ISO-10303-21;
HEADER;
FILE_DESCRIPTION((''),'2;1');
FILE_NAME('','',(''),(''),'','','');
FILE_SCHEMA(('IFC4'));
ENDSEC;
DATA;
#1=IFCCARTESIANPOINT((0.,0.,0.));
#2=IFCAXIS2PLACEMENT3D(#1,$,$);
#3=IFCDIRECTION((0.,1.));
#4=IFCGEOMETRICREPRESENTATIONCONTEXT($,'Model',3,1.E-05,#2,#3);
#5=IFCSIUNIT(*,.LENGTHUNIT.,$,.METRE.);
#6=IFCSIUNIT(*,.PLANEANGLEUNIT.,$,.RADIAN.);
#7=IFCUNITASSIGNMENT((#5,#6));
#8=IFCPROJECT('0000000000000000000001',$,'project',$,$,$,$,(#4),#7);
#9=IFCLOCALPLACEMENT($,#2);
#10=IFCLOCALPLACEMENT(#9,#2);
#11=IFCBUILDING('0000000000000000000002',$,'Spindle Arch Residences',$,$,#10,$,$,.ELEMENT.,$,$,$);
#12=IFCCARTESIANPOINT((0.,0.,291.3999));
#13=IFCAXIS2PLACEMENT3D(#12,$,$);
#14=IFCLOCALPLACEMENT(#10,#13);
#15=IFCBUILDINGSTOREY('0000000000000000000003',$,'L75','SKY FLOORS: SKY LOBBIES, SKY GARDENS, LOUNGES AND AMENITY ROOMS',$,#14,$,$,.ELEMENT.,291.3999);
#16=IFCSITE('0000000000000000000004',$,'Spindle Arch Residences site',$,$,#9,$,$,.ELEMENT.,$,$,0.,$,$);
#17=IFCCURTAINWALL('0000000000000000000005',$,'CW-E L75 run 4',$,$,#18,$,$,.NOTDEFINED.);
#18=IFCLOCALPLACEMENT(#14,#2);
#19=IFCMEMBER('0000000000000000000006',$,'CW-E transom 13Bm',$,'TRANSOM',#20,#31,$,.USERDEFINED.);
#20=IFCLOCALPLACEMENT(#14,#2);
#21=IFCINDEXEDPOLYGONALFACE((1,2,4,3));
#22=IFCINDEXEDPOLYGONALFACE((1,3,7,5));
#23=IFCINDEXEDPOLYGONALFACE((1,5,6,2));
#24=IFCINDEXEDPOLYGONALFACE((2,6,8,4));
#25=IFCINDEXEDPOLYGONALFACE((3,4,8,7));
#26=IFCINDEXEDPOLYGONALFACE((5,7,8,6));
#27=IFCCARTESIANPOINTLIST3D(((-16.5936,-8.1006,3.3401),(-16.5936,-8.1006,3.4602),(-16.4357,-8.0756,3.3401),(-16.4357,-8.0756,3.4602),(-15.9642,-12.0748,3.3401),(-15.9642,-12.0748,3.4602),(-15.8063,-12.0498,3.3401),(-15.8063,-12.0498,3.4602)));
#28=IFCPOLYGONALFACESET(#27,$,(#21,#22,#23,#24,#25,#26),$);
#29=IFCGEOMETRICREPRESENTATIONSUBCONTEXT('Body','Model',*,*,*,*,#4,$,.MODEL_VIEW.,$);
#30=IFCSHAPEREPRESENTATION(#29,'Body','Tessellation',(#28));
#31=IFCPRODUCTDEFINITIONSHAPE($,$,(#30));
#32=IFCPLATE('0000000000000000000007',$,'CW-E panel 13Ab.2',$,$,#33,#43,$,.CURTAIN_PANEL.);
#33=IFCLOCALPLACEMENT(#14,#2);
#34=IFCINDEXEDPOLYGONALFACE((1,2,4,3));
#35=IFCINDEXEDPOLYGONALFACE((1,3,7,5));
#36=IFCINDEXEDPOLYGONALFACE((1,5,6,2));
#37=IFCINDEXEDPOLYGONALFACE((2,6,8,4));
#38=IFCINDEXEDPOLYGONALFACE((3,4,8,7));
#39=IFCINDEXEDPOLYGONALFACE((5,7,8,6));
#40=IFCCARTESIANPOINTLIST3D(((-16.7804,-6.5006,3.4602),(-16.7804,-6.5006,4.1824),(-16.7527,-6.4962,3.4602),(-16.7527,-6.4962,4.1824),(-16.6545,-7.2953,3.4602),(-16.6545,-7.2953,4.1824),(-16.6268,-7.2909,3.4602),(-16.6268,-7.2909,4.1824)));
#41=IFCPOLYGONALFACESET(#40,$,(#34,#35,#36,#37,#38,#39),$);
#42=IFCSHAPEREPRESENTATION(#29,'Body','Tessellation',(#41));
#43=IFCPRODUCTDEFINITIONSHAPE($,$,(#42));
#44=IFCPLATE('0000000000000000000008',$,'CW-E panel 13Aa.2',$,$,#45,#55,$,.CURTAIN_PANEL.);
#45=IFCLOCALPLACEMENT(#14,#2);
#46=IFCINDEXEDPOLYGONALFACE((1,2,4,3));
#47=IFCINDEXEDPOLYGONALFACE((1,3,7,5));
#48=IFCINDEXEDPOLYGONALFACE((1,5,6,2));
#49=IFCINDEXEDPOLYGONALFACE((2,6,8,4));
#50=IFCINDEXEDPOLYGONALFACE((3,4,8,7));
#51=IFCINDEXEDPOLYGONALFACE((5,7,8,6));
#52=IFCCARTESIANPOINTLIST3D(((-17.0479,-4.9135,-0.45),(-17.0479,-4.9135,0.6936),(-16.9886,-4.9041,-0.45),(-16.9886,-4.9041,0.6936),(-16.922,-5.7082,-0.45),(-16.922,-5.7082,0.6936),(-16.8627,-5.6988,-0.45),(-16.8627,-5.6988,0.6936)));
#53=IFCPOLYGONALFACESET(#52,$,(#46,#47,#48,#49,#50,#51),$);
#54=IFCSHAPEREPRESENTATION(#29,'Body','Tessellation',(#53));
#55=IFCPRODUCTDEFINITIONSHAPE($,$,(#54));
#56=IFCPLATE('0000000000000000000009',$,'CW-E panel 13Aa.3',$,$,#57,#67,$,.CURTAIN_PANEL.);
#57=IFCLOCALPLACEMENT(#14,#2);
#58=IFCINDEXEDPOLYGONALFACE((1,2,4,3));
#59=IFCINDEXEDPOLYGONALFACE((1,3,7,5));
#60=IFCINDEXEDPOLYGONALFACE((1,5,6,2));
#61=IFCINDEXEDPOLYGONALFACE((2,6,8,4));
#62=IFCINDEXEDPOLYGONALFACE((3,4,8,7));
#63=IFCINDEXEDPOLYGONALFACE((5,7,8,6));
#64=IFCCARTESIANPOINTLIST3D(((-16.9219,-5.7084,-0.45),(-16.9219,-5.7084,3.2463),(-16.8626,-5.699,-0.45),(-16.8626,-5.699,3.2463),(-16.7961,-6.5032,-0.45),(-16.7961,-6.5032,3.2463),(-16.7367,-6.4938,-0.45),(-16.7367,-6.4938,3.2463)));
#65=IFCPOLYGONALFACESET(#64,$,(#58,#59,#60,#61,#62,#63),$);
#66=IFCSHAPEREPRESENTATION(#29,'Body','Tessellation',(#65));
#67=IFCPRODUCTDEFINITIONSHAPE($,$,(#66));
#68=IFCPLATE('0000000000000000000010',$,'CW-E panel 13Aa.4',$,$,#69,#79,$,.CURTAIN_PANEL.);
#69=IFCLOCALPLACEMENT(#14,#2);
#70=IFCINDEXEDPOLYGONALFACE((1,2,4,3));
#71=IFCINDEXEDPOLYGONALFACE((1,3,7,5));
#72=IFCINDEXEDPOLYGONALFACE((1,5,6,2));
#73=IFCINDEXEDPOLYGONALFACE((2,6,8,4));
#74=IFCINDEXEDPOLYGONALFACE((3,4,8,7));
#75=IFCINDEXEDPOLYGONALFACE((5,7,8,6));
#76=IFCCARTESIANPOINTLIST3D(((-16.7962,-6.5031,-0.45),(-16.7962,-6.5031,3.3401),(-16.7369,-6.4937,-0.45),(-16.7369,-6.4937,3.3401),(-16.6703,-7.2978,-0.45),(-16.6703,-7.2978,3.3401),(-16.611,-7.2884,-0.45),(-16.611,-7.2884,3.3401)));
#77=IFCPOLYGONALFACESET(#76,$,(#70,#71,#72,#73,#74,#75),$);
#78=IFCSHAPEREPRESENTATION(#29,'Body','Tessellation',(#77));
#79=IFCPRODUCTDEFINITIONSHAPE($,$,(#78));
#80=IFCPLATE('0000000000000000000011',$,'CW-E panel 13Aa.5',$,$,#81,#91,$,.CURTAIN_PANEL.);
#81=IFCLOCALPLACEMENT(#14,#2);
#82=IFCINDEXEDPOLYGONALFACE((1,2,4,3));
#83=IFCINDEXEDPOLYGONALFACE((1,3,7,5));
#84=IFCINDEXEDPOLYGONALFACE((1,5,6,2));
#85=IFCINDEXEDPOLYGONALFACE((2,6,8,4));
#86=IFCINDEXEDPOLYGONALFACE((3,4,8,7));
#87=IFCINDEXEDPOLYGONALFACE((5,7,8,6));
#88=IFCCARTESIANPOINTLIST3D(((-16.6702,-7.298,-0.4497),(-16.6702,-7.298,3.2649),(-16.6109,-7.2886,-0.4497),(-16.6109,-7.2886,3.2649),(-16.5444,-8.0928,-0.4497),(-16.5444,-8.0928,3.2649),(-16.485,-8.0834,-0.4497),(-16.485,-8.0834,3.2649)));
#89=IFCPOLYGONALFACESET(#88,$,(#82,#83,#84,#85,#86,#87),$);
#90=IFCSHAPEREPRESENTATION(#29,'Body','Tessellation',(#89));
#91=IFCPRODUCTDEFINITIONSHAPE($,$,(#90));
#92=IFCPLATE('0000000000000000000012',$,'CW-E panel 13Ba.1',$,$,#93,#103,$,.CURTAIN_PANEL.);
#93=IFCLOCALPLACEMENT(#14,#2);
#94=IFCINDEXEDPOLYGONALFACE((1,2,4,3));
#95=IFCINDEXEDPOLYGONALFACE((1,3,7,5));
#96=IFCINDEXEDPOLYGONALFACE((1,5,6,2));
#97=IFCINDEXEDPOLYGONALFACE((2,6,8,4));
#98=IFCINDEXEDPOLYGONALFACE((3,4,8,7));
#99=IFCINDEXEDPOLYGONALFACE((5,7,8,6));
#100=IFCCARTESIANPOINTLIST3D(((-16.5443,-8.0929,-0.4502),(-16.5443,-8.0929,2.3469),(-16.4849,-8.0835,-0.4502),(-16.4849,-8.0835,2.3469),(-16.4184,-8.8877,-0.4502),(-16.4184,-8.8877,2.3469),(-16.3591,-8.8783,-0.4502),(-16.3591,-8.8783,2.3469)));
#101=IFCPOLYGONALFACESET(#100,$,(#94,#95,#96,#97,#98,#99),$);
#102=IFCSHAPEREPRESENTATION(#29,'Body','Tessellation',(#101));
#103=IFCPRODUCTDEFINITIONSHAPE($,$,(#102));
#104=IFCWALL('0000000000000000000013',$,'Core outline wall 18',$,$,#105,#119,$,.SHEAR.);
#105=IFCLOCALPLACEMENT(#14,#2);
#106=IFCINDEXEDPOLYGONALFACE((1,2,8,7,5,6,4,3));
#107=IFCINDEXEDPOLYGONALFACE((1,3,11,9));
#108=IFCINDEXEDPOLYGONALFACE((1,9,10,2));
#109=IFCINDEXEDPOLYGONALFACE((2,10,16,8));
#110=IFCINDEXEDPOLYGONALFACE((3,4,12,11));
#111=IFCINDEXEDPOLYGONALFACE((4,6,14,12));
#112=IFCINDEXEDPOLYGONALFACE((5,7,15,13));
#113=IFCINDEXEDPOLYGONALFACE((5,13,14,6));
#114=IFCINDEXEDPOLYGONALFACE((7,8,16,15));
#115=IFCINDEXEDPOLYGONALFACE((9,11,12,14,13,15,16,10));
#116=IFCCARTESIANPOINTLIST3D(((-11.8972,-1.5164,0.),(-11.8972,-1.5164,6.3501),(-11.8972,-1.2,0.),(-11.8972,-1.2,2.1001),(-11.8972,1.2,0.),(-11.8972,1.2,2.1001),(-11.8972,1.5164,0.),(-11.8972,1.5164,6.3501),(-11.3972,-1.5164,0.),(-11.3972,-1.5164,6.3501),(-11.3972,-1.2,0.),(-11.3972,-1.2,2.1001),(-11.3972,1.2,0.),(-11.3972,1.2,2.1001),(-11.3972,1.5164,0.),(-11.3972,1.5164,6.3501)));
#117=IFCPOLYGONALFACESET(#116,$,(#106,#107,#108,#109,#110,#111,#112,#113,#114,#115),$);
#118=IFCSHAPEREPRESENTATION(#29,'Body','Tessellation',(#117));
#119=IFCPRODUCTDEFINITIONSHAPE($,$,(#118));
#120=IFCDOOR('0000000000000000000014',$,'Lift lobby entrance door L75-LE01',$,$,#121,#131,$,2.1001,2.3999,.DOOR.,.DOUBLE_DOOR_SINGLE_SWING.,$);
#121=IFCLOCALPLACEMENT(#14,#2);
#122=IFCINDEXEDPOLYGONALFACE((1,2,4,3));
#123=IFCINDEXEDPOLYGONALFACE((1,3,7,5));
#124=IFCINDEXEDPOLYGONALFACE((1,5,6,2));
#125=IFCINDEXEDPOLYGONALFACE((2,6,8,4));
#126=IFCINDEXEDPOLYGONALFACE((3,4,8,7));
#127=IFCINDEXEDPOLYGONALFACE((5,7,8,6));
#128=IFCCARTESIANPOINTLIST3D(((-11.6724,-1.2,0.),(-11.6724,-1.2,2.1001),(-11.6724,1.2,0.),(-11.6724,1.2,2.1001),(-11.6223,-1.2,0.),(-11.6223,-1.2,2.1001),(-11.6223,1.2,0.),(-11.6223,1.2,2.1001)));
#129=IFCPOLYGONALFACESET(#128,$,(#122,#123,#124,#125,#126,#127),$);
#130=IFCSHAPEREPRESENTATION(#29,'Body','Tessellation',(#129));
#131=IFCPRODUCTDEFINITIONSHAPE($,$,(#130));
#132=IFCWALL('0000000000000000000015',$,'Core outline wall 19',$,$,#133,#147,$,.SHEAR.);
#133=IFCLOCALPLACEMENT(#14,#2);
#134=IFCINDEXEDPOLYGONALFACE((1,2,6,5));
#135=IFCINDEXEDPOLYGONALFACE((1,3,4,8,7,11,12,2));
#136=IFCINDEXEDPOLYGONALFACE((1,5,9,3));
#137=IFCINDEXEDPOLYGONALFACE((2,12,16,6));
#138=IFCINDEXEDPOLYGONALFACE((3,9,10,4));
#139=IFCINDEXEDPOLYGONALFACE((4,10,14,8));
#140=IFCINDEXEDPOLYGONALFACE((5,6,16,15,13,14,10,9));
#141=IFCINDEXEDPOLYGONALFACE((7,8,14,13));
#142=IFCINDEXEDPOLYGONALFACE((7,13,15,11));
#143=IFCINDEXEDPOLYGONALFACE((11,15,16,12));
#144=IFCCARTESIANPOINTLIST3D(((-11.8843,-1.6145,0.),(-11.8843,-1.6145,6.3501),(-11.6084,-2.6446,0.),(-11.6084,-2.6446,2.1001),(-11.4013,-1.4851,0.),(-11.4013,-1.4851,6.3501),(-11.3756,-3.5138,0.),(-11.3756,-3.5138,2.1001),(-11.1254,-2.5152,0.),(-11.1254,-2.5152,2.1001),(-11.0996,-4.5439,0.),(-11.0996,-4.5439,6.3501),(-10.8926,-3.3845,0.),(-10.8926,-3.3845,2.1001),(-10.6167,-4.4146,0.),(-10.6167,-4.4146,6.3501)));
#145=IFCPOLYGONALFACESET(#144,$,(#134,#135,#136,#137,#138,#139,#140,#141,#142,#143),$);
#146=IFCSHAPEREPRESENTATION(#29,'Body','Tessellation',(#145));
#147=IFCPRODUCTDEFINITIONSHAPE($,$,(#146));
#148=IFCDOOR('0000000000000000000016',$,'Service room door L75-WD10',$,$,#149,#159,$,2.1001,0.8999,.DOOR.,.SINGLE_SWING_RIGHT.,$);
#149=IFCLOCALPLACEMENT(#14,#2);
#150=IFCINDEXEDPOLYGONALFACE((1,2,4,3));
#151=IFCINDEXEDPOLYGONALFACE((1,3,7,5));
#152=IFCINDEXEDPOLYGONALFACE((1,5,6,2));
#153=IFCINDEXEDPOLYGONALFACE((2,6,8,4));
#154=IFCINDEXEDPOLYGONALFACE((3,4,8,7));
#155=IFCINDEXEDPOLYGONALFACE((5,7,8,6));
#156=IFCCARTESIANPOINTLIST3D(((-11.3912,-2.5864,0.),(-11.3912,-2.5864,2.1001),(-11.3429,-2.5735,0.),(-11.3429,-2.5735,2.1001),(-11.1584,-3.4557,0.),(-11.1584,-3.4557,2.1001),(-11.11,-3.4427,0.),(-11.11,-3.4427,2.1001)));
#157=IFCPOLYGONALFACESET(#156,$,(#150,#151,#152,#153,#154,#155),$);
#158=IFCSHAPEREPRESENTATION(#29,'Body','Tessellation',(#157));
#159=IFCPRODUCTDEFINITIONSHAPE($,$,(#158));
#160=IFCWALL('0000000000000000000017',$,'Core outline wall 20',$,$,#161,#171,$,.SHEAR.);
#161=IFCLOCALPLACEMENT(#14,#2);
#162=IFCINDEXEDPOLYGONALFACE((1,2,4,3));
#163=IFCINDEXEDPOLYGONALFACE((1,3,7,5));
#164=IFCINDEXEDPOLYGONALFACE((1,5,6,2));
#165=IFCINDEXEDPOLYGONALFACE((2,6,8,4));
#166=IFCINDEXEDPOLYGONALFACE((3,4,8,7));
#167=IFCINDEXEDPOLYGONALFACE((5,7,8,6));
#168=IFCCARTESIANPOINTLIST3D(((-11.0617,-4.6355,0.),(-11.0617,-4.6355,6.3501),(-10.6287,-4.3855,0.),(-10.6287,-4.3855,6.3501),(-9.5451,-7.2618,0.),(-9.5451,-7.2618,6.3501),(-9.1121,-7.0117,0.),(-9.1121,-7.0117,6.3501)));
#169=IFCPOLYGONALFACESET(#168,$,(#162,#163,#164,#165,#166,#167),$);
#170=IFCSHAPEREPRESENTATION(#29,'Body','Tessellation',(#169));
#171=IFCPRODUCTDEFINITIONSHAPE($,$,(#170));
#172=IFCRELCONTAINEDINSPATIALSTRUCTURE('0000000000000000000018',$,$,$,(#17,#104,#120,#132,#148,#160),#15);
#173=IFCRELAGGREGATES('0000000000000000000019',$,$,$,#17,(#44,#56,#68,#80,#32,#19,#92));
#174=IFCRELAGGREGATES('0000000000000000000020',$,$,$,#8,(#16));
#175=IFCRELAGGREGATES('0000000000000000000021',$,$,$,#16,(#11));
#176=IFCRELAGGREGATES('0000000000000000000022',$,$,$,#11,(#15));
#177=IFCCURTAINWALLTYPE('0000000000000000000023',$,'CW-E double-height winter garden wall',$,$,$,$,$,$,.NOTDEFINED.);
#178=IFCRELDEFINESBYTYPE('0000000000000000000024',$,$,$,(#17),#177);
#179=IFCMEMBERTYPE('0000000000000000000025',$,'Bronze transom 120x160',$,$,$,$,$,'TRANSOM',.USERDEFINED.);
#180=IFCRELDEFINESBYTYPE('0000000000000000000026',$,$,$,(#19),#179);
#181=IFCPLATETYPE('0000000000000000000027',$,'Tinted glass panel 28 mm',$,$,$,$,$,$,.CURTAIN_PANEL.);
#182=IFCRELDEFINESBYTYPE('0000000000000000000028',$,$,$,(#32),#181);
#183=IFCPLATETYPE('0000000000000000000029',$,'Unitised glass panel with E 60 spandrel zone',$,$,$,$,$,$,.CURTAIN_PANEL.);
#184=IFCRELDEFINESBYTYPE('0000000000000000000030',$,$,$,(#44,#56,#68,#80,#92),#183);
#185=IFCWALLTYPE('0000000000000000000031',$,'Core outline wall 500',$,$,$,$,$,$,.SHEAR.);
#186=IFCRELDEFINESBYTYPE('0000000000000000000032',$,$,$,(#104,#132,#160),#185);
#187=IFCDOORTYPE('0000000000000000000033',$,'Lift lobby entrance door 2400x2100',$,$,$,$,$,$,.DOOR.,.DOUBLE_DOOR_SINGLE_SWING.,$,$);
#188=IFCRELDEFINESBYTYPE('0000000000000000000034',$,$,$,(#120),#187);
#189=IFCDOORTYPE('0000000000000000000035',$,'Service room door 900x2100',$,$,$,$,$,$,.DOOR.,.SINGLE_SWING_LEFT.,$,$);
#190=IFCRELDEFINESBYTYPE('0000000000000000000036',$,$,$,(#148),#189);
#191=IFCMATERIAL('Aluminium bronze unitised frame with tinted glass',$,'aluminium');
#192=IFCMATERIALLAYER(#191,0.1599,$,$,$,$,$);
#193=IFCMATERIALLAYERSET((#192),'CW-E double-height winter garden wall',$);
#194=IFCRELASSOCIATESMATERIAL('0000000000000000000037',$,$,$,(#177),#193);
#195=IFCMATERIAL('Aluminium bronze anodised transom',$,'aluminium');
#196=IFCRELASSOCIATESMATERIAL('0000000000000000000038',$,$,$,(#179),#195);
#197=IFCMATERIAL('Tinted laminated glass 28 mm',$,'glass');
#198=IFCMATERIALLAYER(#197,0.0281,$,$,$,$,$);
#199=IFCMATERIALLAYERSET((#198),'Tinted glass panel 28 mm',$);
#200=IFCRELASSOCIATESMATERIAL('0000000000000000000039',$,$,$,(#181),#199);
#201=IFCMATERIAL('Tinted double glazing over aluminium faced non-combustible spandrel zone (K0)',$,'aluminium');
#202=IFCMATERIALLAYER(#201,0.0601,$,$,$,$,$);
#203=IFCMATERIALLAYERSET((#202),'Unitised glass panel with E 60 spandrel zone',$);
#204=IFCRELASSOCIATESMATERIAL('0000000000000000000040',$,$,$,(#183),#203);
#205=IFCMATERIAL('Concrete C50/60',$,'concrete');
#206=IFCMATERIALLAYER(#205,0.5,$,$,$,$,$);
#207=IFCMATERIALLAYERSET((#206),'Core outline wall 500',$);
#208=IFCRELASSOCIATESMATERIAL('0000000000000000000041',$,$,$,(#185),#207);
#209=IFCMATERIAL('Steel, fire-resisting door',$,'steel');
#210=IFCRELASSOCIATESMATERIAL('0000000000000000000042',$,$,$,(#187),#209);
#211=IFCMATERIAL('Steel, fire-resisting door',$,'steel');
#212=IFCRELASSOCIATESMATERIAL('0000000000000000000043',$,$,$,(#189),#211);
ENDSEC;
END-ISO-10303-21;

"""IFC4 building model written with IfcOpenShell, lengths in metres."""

from ifc_helpers import new_model, si_unit, direction, frame, frame_2d, origin, origin_2d, place, context, subcontext, project, spatial, rectangle, extrude, material, layer, layer_set, material_profile, profile_set, type_object, element, fill, aggregate, save


model = new_model("IFC4")

# Units and contexts
model_context = context("Model", 3, precision=1e-05, world=origin(), true_north=direction((0.0, 1.0)))
body_context = subcontext(model_context, "Body", "Model", "MODEL_VIEW")
ifc_project = project(units=[si_unit("LENGTHUNIT", "METRE"), si_unit("PLANEANGLEUNIT", "RADIAN")], contexts=[model_context])

# Site, building, storey
site_placement = place(None, origin())
site = spatial("IfcSite", under=ifc_project, at=site_placement, Name="Spindle Arch Residences site", CompositionType="ELEMENT", RefElevation=0.0)
building_placement = place(site_placement, origin())
building = spatial("IfcBuilding", under=site, at=building_placement, Name="Spindle Arch Residences", CompositionType="ELEMENT")
storey_placement = place(building_placement, frame((0.0, 0.0, 291.3999)))
storey = spatial("IfcBuildingStorey", under=building, at=storey_placement, Name="L75", Description="SKY FLOORS: SKY LOBBIES, SKY GARDENS, LOUNGES AND AMENITY ROOMS", CompositionType="ELEMENT", Elevation=291.3999)

# Curtain wall, member, plates
ifc_material_1 = material(Name="Aluminium bronze unitised frame with tinted glass", Category="aluminium")
ifc_layer_1 = layer(ifc_material_1, 0.1599)
ifc_layer_set_1 = layer_set([ifc_layer_1], Name="CW-E double-height winter garden wall")
curtain_wall_type = type_object("IfcCurtainWallType", Name="CW-E double-height winter garden wall", PredefinedType="NOTDEFINED", material=ifc_layer_set_1)
curtain_wall_placement = place(storey_placement, origin())
curtain_wall = element("IfcCurtainWall", 1, at=curtain_wall_placement, inside=storey, type_object=curtain_wall_type, Name="CW-E L75 run 4", PredefinedType="NOTDEFINED")
ifc_material_2 = material(Name="Aluminium bronze anodised transom", Category="aluminium")
ifc_material_profile = material_profile(ifc_material_2, rectangle(XDim=0.1599, YDim=0.1201, at=origin_2d()), Name="TR 120x160")
ifc_profile_set = profile_set([ifc_material_profile], Name="Aluminium bronze anodised transom")
member_type = type_object("IfcMemberType", Name="Bronze transom 120x160", ElementType="TRANSOM", PredefinedType="USERDEFINED", material=ifc_profile_set)
member_placement = place(storey_placement, frame((-16.5146, -8.0881, 3.4001), z_axis=(0.156424, -0.98769, 0.0), x_axis=(0.98769, 0.156424, 0.0)))
member = element("IfcMember", 2, at=member_placement, type_object=member_type, Name="CW-E transom 13Bm", ObjectType="TRANSOM", PredefinedType="USERDEFINED", context=body_context, shape_type="SweptSolid", body=[
    extrude(rectangle(XDim=0.1599, YDim=0.1201, at=origin_2d()), origin(), (0.0, 0.0, 1.0), 4.0237),
])
ifc_material_3 = material(Name="Tinted laminated glass 28 mm", Category="glass")
ifc_layer_2 = layer(ifc_material_3, 0.0281)
ifc_layer_set_2 = layer_set([ifc_layer_2], Name="Tinted glass panel 28 mm")
plate_type_1 = type_object("IfcPlateType", Name="Tinted glass panel 28 mm", PredefinedType="CURTAIN_PANEL", material=ifc_layer_set_2)
plate_1_placement = place(storey_placement, frame((-16.7036, -6.8958, 3.4602), z_axis=(0.0, 0.0, 1.0), x_axis=(0.156434, -0.987688, 0.0)))
plate_1 = element("IfcPlate", 3, at=plate_1_placement, type_object=plate_type_1, Name="CW-E panel 13Ab.2", PredefinedType="CURTAIN_PANEL", context=body_context, shape_type="SweptSolid", body=[
    extrude(rectangle(XDim=0.8047, YDim=0.0281, at=origin_2d()), origin(), (0.0, 0.0, 1.0), 0.7222),
])
ifc_material_4 = material(Name="Tinted double glazing over aluminium faced non-combustible spandrel zone (K0)", Category="aluminium")
ifc_layer_3 = layer(ifc_material_4, 0.0601)
ifc_layer_set_3 = layer_set([ifc_layer_3], Name="Unitised glass panel with E 60 spandrel zone")
plate_type_2 = type_object("IfcPlateType", Name="Unitised glass panel with E 60 spandrel zone", PredefinedType="CURTAIN_PANEL", material=ifc_layer_set_3)
plate_2_placement = place(storey_placement, frame((-16.9553, -5.3062, -0.45), z_axis=(0.0, 0.0, 1.0), x_axis=(0.156434, -0.987688, 0.0)))
plate_2 = element("IfcPlate", 4, at=plate_2_placement, type_object=plate_type_2, Name="CW-E panel 13Aa.2", PredefinedType="CURTAIN_PANEL", context=body_context, shape_type="SweptSolid", body=[
    extrude(rectangle(XDim=0.8047, YDim=0.0601, at=origin_2d()), origin(), (0.0, 0.0, 1.0), 1.1436),
])
plate_3_placement = place(storey_placement, frame((-16.8293, -6.1011, -0.45), z_axis=(0.0, 0.0, 1.0), x_axis=(0.156434, -0.987688, 0.0)))
plate_3 = element("IfcPlate", 5, at=plate_3_placement, type_object=plate_type_2, Name="CW-E panel 13Aa.3", PredefinedType="CURTAIN_PANEL", context=body_context, shape_type="SweptSolid", body=[
    extrude(rectangle(XDim=0.8047, YDim=0.0601, at=origin_2d()), origin(), (0.0, 0.0, 1.0), 3.6963),
])
plate_4_placement = place(storey_placement, frame((-16.7036, -6.8958, -0.45), z_axis=(0.0, 0.0, 1.0), x_axis=(0.156434, -0.987688, 0.0)))
plate_4 = element("IfcPlate", 6, at=plate_4_placement, type_object=plate_type_2, Name="CW-E panel 13Aa.4", PredefinedType="CURTAIN_PANEL", context=body_context, shape_type="SweptSolid", body=[
    extrude(rectangle(XDim=0.8047, YDim=0.0601, at=origin_2d()), origin(), (0.0, 0.0, 1.0), 3.79),
])
plate_5_placement = place(storey_placement, frame((-16.5776, -7.6907, -0.4497), z_axis=(0.0, 0.0, 1.0), x_axis=(0.156434, -0.987688, 0.0)))
plate_5 = element("IfcPlate", 7, at=plate_5_placement, type_object=plate_type_2, Name="CW-E panel 13Aa.5", PredefinedType="CURTAIN_PANEL", context=body_context, shape_type="SweptSolid", body=[
    extrude(rectangle(XDim=0.8047, YDim=0.0601, at=origin_2d()), origin(), (0.0, 0.0, 1.0), 3.7146),
])
plate_6_placement = place(storey_placement, frame((-16.4517, -8.4856, -0.4502), z_axis=(0.0, 0.0, 1.0), x_axis=(0.156434, -0.987688, 0.0)))
plate_6 = element("IfcPlate", 8, at=plate_6_placement, type_object=plate_type_2, Name="CW-E panel 13Ba.1", PredefinedType="CURTAIN_PANEL", context=body_context, shape_type="SweptSolid", body=[
    extrude(rectangle(XDim=0.8047, YDim=0.0601, at=origin_2d()), origin(), (0.0, 0.0, 1.0), 2.7971),
])
aggregate(curtain_wall, [plate_2, plate_3, plate_4, plate_5, plate_1, member, plate_6])

# Walls, openings, doors
ifc_material_5 = material(Name="Concrete C50/60", Category="concrete")
ifc_layer_4 = layer(ifc_material_5, 0.5)
ifc_layer_set_4 = layer_set([ifc_layer_4], Name="Core outline wall 500")
wall_type_1 = type_object("IfcWallType", Name="Core outline wall 500", PredefinedType="SHEAR", material=ifc_layer_set_4)
wall_1_placement = place(storey_placement, frame((-11.6472, 1.5164, 0.0), z_axis=(0.0, 0.0, 1.0), x_axis=(0.0, -1.0, 0.0)))
wall_1 = element("IfcWall", 9, at=wall_1_placement, inside=storey, type_object=wall_type_1, Name="Core outline wall 18", PredefinedType="SHEAR", context=body_context, shape_type="SweptSolid", body=[
    extrude(rectangle(XDim=3.0327, YDim=0.5, at=frame_2d((1.5164, 0.0))), origin(), (0.0, 0.0, 1.0), 6.3501),
])
opening_1_placement = place(wall_1_placement, frame((0.3164, 0.0, 0.0)))
opening_1 = element("IfcOpeningElement", 10, at=opening_1_placement, cuts=wall_1, PredefinedType="OPENING", context=body_context, shape_type="SweptSolid", body=[
    extrude(rectangle(XDim=2.3999, YDim=2.1001, at=frame_2d((1.2, 1.05))), frame((0.0, 0.26, 0.0), z_axis=(0.0, -1.0, 0.0), x_axis=(1.0, 0.0, 0.0)), (0.0, 0.0, 1.0), 0.52),
])
ifc_material_6 = material(Name="Steel, fire-resisting door", Category="steel")
door_type_1 = type_object("IfcDoorType", Name="Lift lobby entrance door 2400x2100", OperationType="DOUBLE_DOOR_SINGLE_SWING", PredefinedType="DOOR", material=ifc_material_6)
door_1_placement = place(opening_1_placement, origin())
door_1 = element("IfcDoor", 11, at=door_1_placement, inside=storey, type_object=door_type_1, Name="Lift lobby entrance door L75-LE01", OperationType="DOUBLE_DOOR_SINGLE_SWING", OverallHeight=2.1001, OverallWidth=2.3999, PredefinedType="DOOR", context=body_context, shape_type="SweptSolid", body=[
    extrude(rectangle(XDim=2.3999, YDim=2.1001, at=frame_2d((1.2, 1.05))), frame((0.0, 0.0249, 0.0), z_axis=(0.0, -1.0, 0.0), x_axis=(1.0, 0.0, 0.0)), (0.0, 0.0, 1.0), 0.05),
])
fill(opening_1, door_1)
wall_2_placement = place(storey_placement, frame((-11.6428, -1.5498, 0.0), z_axis=(0.0, 0.0, 1.0), x_axis=(0.258735, -0.965948, 0.0)))
wall_2 = element("IfcWall", 12, at=wall_2_placement, inside=storey, type_object=wall_type_1, Name="Core outline wall 19", PredefinedType="SHEAR", context=body_context, shape_type="SweptSolid", body=[
    extrude(rectangle(XDim=3.0327, YDim=0.5, at=frame_2d((1.5164, 0.0))), origin(), (0.0, 0.0, 1.0), 6.3501),
])
opening_2_placement = place(wall_2_placement, frame((1.0664, 0.0, 0.0)))
opening_2 = element("IfcOpeningElement", 13, at=opening_2_placement, cuts=wall_2, PredefinedType="OPENING", context=body_context, shape_type="SweptSolid", body=[
    extrude(rectangle(XDim=0.8999, YDim=2.1001, at=frame_2d((0.45, 1.05))), frame((0.0, 0.26, 0.0), z_axis=(0.0, -1.0, 0.0), x_axis=(1.0, 0.0, 0.0)), (0.0, 0.0, 1.0), 0.52),
])
ifc_material_7 = material(Name="Steel, fire-resisting door", Category="steel")
door_type_2 = type_object("IfcDoorType", Name="Service room door 900x2100", OperationType="SINGLE_SWING_LEFT", PredefinedType="DOOR", material=ifc_material_7)
door_2_placement = place(opening_2_placement, origin())
door_2 = element("IfcDoor", 14, at=door_2_placement, inside=storey, type_object=door_type_2, Name="Service room door L75-WD10", OperationType="SINGLE_SWING_RIGHT", OverallHeight=2.1001, OverallWidth=0.8999, PredefinedType="DOOR", context=body_context, shape_type="SweptSolid", body=[
    extrude(rectangle(XDim=0.8999, YDim=2.1001, at=frame_2d((0.45, 1.05))), frame((0.0, 0.0249, 0.0), z_axis=(0.0, -1.0, 0.0), x_axis=(1.0, 0.0, 0.0)), (0.0, 0.0, 1.0), 0.05),
])
fill(opening_2, door_2)

# Wall
wall_3_placement = place(storey_placement, frame((-10.8452, -4.5105, 0.0), z_axis=(0.0, 0.0, 1.0), x_axis=(0.500087, -0.865975, 0.0)))
element("IfcWall", 15, at=wall_3_placement, inside=storey, type_object=wall_type_1, Name="Core outline wall 20", PredefinedType="SHEAR", context=body_context, shape_type="SweptSolid", body=[
    extrude(rectangle(XDim=3.0327, YDim=0.5, at=frame_2d((1.5164, 0.0))), origin(), (0.0, 0.0, 1.0), 6.3501),
])

save(model, "model.ifc")
